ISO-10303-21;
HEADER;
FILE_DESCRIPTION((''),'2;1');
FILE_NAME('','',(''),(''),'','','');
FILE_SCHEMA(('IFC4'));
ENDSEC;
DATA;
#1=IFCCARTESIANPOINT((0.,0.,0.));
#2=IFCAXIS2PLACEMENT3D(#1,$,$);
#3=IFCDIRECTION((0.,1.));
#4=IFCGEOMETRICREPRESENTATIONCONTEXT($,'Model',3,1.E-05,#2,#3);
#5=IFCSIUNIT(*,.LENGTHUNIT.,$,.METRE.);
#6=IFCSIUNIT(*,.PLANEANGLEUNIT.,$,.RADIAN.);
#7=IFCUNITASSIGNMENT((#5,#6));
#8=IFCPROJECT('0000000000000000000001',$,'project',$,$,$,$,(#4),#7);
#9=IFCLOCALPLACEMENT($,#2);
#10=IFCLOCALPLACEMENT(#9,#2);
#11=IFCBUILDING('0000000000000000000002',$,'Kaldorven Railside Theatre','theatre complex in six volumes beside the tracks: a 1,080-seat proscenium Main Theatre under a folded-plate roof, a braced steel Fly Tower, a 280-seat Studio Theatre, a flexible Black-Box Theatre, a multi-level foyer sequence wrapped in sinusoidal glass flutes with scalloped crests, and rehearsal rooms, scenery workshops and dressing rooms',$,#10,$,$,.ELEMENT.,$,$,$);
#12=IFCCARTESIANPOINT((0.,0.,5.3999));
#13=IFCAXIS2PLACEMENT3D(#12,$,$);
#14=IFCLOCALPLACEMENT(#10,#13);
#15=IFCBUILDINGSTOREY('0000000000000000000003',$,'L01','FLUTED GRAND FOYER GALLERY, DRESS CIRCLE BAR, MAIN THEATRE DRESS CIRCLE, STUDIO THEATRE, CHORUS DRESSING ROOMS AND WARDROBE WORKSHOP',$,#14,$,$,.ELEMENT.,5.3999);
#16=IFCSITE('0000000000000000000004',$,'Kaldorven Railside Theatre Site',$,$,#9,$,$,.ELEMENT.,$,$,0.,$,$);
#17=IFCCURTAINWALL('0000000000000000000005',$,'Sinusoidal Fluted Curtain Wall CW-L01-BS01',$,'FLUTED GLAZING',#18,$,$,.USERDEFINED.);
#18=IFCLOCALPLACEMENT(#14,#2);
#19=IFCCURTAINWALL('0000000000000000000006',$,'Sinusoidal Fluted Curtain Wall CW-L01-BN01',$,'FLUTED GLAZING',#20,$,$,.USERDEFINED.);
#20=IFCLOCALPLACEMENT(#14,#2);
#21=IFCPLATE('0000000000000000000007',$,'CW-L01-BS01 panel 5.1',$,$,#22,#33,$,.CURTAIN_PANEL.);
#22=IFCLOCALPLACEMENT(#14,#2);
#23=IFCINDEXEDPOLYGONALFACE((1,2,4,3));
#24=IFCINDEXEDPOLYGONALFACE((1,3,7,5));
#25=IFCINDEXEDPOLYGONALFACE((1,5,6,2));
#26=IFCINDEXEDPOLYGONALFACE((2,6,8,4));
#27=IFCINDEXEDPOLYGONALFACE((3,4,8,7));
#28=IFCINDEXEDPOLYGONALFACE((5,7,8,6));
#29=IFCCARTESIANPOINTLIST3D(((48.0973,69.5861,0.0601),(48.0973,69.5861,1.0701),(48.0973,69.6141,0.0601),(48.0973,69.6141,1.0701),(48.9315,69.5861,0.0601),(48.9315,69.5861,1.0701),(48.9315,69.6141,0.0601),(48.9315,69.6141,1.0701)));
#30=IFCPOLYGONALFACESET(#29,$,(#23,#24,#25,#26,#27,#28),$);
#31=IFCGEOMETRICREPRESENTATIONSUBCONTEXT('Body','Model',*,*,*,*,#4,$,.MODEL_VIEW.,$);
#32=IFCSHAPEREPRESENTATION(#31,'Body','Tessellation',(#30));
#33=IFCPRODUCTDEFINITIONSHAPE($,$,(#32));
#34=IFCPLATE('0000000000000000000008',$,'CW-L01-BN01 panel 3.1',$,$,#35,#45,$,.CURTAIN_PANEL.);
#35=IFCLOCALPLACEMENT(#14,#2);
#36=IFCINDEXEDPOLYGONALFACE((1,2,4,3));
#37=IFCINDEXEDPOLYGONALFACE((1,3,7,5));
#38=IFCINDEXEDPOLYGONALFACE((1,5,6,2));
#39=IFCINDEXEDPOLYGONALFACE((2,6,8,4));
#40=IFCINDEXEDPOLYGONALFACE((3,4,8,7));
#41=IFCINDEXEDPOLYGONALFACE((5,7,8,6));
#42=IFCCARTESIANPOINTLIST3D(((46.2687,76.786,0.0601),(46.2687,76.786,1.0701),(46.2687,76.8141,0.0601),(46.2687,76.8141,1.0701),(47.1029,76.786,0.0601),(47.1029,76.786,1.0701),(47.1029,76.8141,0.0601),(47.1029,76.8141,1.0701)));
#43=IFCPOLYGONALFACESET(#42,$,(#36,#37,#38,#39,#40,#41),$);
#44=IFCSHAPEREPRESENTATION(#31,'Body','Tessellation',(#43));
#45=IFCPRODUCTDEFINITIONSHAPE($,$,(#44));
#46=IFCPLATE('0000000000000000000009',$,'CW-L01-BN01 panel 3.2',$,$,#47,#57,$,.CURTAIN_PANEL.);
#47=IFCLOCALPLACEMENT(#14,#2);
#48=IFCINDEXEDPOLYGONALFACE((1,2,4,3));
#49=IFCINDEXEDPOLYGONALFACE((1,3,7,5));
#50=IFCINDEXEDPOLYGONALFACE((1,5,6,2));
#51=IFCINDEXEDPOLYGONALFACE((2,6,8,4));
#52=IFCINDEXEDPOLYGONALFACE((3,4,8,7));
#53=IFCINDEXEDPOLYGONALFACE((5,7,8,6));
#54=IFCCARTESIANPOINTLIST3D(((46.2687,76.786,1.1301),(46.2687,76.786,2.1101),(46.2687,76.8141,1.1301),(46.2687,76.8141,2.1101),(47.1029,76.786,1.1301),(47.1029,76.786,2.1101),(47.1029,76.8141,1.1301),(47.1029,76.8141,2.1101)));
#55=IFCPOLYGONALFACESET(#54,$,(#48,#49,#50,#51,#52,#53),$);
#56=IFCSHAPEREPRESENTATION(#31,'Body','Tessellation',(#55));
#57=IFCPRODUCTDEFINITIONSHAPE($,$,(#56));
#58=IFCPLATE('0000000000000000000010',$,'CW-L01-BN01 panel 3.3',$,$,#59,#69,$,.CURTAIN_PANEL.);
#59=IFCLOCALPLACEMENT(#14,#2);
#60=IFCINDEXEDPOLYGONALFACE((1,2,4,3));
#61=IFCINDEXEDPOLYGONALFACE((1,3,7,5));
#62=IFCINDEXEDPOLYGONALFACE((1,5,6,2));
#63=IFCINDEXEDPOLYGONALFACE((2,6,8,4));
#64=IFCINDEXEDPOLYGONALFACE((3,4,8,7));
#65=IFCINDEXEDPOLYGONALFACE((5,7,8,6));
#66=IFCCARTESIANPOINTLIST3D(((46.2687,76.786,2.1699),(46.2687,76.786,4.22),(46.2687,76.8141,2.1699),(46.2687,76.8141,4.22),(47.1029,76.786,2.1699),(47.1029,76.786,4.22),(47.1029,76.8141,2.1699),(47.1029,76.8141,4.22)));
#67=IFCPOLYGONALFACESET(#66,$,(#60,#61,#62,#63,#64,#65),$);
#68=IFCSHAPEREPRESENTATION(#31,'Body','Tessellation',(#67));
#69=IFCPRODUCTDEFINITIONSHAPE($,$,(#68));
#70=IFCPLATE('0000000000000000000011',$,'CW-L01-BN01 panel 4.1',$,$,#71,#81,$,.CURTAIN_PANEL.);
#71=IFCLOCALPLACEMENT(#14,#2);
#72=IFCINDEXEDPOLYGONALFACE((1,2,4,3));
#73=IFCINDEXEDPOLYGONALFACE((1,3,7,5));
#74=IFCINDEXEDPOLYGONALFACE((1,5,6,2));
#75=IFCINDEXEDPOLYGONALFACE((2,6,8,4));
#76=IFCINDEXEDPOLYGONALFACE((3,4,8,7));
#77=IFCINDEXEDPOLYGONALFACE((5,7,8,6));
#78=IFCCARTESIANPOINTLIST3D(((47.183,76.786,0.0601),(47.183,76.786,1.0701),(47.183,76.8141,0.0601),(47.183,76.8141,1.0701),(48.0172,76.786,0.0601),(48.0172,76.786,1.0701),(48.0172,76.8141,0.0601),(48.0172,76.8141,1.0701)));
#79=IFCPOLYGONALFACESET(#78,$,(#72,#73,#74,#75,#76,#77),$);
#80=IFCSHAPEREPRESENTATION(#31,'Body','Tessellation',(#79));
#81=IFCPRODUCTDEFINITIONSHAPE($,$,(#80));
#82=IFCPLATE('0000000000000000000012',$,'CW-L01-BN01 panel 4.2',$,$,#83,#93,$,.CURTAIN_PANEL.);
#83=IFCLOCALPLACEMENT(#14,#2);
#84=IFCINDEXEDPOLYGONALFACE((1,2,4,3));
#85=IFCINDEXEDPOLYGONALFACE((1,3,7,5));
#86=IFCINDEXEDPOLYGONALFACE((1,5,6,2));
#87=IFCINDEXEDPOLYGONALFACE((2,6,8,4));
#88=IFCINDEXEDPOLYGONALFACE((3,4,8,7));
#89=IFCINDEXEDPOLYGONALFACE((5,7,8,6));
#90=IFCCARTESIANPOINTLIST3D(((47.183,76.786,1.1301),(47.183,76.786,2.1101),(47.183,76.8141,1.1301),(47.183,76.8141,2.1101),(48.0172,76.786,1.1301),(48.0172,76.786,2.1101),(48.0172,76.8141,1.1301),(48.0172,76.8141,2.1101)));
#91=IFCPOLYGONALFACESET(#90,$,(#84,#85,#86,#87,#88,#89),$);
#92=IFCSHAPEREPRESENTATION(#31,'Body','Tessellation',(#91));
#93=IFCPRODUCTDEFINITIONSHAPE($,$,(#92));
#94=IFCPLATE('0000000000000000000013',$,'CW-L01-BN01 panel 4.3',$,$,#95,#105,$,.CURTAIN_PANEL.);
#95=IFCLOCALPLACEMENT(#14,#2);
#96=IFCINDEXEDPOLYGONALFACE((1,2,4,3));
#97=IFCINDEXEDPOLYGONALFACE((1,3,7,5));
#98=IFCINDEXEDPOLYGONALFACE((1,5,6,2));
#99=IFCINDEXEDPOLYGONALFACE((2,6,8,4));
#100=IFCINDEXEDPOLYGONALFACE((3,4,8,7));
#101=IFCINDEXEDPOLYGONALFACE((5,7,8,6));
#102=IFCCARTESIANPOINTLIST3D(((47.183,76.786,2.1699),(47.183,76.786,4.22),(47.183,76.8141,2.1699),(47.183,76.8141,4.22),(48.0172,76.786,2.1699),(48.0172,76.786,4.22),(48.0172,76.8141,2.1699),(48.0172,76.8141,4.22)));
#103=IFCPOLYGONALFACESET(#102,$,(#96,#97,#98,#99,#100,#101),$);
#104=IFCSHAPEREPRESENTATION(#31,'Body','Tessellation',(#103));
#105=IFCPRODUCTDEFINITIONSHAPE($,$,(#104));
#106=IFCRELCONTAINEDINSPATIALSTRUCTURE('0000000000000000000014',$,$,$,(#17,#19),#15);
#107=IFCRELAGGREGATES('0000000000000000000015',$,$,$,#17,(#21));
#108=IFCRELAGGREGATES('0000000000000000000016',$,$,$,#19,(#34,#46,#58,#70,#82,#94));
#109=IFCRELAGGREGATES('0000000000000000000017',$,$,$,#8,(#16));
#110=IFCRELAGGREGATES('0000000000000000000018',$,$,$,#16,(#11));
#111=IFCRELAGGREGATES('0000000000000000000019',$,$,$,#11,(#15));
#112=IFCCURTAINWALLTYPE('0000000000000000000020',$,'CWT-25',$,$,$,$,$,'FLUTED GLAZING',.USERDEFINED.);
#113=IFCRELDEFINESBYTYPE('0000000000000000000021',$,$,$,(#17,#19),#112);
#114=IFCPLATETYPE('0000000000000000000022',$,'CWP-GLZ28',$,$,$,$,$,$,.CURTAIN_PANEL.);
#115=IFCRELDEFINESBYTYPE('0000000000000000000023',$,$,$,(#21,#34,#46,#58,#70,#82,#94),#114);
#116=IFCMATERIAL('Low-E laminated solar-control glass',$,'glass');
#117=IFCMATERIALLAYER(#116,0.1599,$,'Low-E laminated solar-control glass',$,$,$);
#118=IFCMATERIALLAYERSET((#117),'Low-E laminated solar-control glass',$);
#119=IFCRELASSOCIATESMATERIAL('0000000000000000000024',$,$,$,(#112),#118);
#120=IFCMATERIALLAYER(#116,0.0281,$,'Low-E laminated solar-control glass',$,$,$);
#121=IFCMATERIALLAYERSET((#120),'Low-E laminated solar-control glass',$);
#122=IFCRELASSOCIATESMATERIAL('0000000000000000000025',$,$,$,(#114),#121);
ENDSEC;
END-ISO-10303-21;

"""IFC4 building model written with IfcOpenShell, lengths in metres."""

from ifc_helpers import new_model, si_unit, direction, frame, origin, origin_2d, place, context, subcontext, project, spatial, rectangle, extrude, material, layer, layer_set, type_object, element, aggregate, save


model = new_model("IFC4")

# Units and contexts
model_context = context("Model", 3, precision=1e-05, world=origin(), true_north=direction((0.0, 1.0)))
body_context = subcontext(model_context, "Body", "Model", "MODEL_VIEW")
ifc_project = project(units=[si_unit("LENGTHUNIT", "METRE"), si_unit("PLANEANGLEUNIT", "RADIAN")], contexts=[model_context])

# Site, building, storey
site_placement = place(None, origin())
site = spatial("IfcSite", under=ifc_project, at=site_placement, Name="Kaldorven Railside Theatre Site", CompositionType="ELEMENT", RefElevation=0.0)
building_placement = place(site_placement, origin())
building = spatial("IfcBuilding", under=site, at=building_placement, Name="Kaldorven Railside Theatre", Description="theatre complex in six volumes beside the tracks: a 1,080-seat proscenium Main Theatre under a folded-plate roof, a braced steel Fly Tower, a 280-seat Studio Theatre, a flexible Black-Box Theatre, a multi-level foyer sequence wrapped in sinusoidal glass flutes with scalloped crests, and rehearsal rooms, scenery workshops and dressing rooms", CompositionType="ELEMENT")
storey_placement = place(building_placement, frame((0.0, 0.0, 5.3999)))
storey = spatial("IfcBuildingStorey", under=building, at=storey_placement, Name="L01", Description="FLUTED GRAND FOYER GALLERY, DRESS CIRCLE BAR, MAIN THEATRE DRESS CIRCLE, STUDIO THEATRE, CHORUS DRESSING ROOMS AND WARDROBE WORKSHOP", CompositionType="ELEMENT", Elevation=5.3999)

# Curtain wall
ifc_material_1 = material(Name="Low-E laminated solar-control glass", Category="glass")
ifc_layer_1 = layer(ifc_material_1, 0.1599, Name="Low-E laminated solar-control glass")
ifc_layer_set_1 = layer_set([ifc_layer_1], Name="Low-E laminated solar-control glass")
curtain_wall_type = type_object("IfcCurtainWallType", Name="CWT-25", ElementType="FLUTED GLAZING", PredefinedType="USERDEFINED", material=ifc_layer_set_1)
curtain_wall_1_placement = place(storey_placement, origin())
curtain_wall_1 = element("IfcCurtainWall", 1, at=curtain_wall_1_placement, inside=storey, type_object=curtain_wall_type, Name="Sinusoidal Fluted Curtain Wall CW-L01-BS01", ObjectType="FLUTED GLAZING", PredefinedType="USERDEFINED")

# Curtain wall
curtain_wall_2_placement = place(storey_placement, origin())
curtain_wall_2 = element("IfcCurtainWall", 2, at=curtain_wall_2_placement, inside=storey, type_object=curtain_wall_type, Name="Sinusoidal Fluted Curtain Wall CW-L01-BN01", ObjectType="FLUTED GLAZING", PredefinedType="USERDEFINED")

# Plates
ifc_layer_2 = layer(ifc_material_1, 0.0281, Name="Low-E laminated solar-control glass")
ifc_layer_set_2 = layer_set([ifc_layer_2], Name="Low-E laminated solar-control glass")
plate_type = type_object("IfcPlateType", Name="CWP-GLZ28", PredefinedType="CURTAIN_PANEL", material=ifc_layer_set_2)
plate_1_placement = place(storey_placement, frame((48.5144, 69.6001, 0.0601), z_axis=(0.0, 0.0, 1.0), x_axis=(1.0, 0.0, 0.0)))
plate_1 = element("IfcPlate", 3, at=plate_1_placement, type_object=plate_type, Name="CW-L01-BS01 panel 5.1", PredefinedType="CURTAIN_PANEL", context=body_context, shape_type="SweptSolid", body=[
    extrude(rectangle(XDim=0.8342, YDim=0.0281, at=origin_2d()), origin(), (0.0, 0.0, 1.0), 1.01),
])
aggregate(curtain_wall_1, [plate_1])
plate_2_placement = place(storey_placement, frame((46.6858, 76.8, 0.0601), z_axis=(0.0, 0.0, 1.0), x_axis=(1.0, 0.0, 0.0)))
plate_2 = element("IfcPlate", 4, at=plate_2_placement, type_object=plate_type, Name="CW-L01-BN01 panel 3.1", PredefinedType="CURTAIN_PANEL", context=body_context, shape_type="SweptSolid", body=[
    extrude(rectangle(XDim=0.8342, YDim=0.0281, at=origin_2d()), origin(), (0.0, 0.0, 1.0), 1.01),
])
plate_3_placement = place(storey_placement, frame((46.6858, 76.8, 1.1301), z_axis=(0.0, 0.0, 1.0), x_axis=(1.0, 0.0, 0.0)))
plate_3 = element("IfcPlate", 5, at=plate_3_placement, type_object=plate_type, Name="CW-L01-BN01 panel 3.2", PredefinedType="CURTAIN_PANEL", context=body_context, shape_type="SweptSolid", body=[
    extrude(rectangle(XDim=0.8342, YDim=0.0281, at=origin_2d()), origin(), (0.0, 0.0, 1.0), 0.98),
])
plate_4_placement = place(storey_placement, frame((46.6858, 76.8, 2.1699), z_axis=(0.0, 0.0, 1.0), x_axis=(1.0, 0.0, 0.0)))
plate_4 = element("IfcPlate", 6, at=plate_4_placement, type_object=plate_type, Name="CW-L01-BN01 panel 3.3", PredefinedType="CURTAIN_PANEL", context=body_context, shape_type="SweptSolid", body=[
    extrude(rectangle(XDim=0.8342, YDim=0.0281, at=origin_2d()), origin(), (0.0, 0.0, 1.0), 2.05),
])
plate_5_placement = place(storey_placement, frame((47.6001, 76.8, 0.0601), z_axis=(0.0, 0.0, 1.0), x_axis=(1.0, 0.0, 0.0)))
plate_5 = element("IfcPlate", 7, at=plate_5_placement, type_object=plate_type, Name="CW-L01-BN01 panel 4.1", PredefinedType="CURTAIN_PANEL", context=body_context, shape_type="SweptSolid", body=[
    extrude(rectangle(XDim=0.8342, YDim=0.0281, at=origin_2d()), origin(), (0.0, 0.0, 1.0), 1.01),
])
plate_6_placement = place(storey_placement, frame((47.6001, 76.8, 1.1301), z_axis=(0.0, 0.0, 1.0), x_axis=(1.0, 0.0, 0.0)))
plate_6 = element("IfcPlate", 8, at=plate_6_placement, type_object=plate_type, Name="CW-L01-BN01 panel 4.2", PredefinedType="CURTAIN_PANEL", context=body_context, shape_type="SweptSolid", body=[
    extrude(rectangle(XDim=0.8342, YDim=0.0281, at=origin_2d()), origin(), (0.0, 0.0, 1.0), 0.98),
])
plate_7_placement = place(storey_placement, frame((47.6001, 76.8, 2.1699), z_axis=(0.0, 0.0, 1.0), x_axis=(1.0, 0.0, 0.0)))
plate_7 = element("IfcPlate", 9, at=plate_7_placement, type_object=plate_type, Name="CW-L01-BN01 panel 4.3", PredefinedType="CURTAIN_PANEL", context=body_context, shape_type="SweptSolid", body=[
    extrude(rectangle(XDim=0.8342, YDim=0.0281, at=origin_2d()), origin(), (0.0, 0.0, 1.0), 2.05),
])
aggregate(curtain_wall_2, [plate_2, plate_3, plate_4, plate_5, plate_6, plate_7])

save(model, "model.ifc")
